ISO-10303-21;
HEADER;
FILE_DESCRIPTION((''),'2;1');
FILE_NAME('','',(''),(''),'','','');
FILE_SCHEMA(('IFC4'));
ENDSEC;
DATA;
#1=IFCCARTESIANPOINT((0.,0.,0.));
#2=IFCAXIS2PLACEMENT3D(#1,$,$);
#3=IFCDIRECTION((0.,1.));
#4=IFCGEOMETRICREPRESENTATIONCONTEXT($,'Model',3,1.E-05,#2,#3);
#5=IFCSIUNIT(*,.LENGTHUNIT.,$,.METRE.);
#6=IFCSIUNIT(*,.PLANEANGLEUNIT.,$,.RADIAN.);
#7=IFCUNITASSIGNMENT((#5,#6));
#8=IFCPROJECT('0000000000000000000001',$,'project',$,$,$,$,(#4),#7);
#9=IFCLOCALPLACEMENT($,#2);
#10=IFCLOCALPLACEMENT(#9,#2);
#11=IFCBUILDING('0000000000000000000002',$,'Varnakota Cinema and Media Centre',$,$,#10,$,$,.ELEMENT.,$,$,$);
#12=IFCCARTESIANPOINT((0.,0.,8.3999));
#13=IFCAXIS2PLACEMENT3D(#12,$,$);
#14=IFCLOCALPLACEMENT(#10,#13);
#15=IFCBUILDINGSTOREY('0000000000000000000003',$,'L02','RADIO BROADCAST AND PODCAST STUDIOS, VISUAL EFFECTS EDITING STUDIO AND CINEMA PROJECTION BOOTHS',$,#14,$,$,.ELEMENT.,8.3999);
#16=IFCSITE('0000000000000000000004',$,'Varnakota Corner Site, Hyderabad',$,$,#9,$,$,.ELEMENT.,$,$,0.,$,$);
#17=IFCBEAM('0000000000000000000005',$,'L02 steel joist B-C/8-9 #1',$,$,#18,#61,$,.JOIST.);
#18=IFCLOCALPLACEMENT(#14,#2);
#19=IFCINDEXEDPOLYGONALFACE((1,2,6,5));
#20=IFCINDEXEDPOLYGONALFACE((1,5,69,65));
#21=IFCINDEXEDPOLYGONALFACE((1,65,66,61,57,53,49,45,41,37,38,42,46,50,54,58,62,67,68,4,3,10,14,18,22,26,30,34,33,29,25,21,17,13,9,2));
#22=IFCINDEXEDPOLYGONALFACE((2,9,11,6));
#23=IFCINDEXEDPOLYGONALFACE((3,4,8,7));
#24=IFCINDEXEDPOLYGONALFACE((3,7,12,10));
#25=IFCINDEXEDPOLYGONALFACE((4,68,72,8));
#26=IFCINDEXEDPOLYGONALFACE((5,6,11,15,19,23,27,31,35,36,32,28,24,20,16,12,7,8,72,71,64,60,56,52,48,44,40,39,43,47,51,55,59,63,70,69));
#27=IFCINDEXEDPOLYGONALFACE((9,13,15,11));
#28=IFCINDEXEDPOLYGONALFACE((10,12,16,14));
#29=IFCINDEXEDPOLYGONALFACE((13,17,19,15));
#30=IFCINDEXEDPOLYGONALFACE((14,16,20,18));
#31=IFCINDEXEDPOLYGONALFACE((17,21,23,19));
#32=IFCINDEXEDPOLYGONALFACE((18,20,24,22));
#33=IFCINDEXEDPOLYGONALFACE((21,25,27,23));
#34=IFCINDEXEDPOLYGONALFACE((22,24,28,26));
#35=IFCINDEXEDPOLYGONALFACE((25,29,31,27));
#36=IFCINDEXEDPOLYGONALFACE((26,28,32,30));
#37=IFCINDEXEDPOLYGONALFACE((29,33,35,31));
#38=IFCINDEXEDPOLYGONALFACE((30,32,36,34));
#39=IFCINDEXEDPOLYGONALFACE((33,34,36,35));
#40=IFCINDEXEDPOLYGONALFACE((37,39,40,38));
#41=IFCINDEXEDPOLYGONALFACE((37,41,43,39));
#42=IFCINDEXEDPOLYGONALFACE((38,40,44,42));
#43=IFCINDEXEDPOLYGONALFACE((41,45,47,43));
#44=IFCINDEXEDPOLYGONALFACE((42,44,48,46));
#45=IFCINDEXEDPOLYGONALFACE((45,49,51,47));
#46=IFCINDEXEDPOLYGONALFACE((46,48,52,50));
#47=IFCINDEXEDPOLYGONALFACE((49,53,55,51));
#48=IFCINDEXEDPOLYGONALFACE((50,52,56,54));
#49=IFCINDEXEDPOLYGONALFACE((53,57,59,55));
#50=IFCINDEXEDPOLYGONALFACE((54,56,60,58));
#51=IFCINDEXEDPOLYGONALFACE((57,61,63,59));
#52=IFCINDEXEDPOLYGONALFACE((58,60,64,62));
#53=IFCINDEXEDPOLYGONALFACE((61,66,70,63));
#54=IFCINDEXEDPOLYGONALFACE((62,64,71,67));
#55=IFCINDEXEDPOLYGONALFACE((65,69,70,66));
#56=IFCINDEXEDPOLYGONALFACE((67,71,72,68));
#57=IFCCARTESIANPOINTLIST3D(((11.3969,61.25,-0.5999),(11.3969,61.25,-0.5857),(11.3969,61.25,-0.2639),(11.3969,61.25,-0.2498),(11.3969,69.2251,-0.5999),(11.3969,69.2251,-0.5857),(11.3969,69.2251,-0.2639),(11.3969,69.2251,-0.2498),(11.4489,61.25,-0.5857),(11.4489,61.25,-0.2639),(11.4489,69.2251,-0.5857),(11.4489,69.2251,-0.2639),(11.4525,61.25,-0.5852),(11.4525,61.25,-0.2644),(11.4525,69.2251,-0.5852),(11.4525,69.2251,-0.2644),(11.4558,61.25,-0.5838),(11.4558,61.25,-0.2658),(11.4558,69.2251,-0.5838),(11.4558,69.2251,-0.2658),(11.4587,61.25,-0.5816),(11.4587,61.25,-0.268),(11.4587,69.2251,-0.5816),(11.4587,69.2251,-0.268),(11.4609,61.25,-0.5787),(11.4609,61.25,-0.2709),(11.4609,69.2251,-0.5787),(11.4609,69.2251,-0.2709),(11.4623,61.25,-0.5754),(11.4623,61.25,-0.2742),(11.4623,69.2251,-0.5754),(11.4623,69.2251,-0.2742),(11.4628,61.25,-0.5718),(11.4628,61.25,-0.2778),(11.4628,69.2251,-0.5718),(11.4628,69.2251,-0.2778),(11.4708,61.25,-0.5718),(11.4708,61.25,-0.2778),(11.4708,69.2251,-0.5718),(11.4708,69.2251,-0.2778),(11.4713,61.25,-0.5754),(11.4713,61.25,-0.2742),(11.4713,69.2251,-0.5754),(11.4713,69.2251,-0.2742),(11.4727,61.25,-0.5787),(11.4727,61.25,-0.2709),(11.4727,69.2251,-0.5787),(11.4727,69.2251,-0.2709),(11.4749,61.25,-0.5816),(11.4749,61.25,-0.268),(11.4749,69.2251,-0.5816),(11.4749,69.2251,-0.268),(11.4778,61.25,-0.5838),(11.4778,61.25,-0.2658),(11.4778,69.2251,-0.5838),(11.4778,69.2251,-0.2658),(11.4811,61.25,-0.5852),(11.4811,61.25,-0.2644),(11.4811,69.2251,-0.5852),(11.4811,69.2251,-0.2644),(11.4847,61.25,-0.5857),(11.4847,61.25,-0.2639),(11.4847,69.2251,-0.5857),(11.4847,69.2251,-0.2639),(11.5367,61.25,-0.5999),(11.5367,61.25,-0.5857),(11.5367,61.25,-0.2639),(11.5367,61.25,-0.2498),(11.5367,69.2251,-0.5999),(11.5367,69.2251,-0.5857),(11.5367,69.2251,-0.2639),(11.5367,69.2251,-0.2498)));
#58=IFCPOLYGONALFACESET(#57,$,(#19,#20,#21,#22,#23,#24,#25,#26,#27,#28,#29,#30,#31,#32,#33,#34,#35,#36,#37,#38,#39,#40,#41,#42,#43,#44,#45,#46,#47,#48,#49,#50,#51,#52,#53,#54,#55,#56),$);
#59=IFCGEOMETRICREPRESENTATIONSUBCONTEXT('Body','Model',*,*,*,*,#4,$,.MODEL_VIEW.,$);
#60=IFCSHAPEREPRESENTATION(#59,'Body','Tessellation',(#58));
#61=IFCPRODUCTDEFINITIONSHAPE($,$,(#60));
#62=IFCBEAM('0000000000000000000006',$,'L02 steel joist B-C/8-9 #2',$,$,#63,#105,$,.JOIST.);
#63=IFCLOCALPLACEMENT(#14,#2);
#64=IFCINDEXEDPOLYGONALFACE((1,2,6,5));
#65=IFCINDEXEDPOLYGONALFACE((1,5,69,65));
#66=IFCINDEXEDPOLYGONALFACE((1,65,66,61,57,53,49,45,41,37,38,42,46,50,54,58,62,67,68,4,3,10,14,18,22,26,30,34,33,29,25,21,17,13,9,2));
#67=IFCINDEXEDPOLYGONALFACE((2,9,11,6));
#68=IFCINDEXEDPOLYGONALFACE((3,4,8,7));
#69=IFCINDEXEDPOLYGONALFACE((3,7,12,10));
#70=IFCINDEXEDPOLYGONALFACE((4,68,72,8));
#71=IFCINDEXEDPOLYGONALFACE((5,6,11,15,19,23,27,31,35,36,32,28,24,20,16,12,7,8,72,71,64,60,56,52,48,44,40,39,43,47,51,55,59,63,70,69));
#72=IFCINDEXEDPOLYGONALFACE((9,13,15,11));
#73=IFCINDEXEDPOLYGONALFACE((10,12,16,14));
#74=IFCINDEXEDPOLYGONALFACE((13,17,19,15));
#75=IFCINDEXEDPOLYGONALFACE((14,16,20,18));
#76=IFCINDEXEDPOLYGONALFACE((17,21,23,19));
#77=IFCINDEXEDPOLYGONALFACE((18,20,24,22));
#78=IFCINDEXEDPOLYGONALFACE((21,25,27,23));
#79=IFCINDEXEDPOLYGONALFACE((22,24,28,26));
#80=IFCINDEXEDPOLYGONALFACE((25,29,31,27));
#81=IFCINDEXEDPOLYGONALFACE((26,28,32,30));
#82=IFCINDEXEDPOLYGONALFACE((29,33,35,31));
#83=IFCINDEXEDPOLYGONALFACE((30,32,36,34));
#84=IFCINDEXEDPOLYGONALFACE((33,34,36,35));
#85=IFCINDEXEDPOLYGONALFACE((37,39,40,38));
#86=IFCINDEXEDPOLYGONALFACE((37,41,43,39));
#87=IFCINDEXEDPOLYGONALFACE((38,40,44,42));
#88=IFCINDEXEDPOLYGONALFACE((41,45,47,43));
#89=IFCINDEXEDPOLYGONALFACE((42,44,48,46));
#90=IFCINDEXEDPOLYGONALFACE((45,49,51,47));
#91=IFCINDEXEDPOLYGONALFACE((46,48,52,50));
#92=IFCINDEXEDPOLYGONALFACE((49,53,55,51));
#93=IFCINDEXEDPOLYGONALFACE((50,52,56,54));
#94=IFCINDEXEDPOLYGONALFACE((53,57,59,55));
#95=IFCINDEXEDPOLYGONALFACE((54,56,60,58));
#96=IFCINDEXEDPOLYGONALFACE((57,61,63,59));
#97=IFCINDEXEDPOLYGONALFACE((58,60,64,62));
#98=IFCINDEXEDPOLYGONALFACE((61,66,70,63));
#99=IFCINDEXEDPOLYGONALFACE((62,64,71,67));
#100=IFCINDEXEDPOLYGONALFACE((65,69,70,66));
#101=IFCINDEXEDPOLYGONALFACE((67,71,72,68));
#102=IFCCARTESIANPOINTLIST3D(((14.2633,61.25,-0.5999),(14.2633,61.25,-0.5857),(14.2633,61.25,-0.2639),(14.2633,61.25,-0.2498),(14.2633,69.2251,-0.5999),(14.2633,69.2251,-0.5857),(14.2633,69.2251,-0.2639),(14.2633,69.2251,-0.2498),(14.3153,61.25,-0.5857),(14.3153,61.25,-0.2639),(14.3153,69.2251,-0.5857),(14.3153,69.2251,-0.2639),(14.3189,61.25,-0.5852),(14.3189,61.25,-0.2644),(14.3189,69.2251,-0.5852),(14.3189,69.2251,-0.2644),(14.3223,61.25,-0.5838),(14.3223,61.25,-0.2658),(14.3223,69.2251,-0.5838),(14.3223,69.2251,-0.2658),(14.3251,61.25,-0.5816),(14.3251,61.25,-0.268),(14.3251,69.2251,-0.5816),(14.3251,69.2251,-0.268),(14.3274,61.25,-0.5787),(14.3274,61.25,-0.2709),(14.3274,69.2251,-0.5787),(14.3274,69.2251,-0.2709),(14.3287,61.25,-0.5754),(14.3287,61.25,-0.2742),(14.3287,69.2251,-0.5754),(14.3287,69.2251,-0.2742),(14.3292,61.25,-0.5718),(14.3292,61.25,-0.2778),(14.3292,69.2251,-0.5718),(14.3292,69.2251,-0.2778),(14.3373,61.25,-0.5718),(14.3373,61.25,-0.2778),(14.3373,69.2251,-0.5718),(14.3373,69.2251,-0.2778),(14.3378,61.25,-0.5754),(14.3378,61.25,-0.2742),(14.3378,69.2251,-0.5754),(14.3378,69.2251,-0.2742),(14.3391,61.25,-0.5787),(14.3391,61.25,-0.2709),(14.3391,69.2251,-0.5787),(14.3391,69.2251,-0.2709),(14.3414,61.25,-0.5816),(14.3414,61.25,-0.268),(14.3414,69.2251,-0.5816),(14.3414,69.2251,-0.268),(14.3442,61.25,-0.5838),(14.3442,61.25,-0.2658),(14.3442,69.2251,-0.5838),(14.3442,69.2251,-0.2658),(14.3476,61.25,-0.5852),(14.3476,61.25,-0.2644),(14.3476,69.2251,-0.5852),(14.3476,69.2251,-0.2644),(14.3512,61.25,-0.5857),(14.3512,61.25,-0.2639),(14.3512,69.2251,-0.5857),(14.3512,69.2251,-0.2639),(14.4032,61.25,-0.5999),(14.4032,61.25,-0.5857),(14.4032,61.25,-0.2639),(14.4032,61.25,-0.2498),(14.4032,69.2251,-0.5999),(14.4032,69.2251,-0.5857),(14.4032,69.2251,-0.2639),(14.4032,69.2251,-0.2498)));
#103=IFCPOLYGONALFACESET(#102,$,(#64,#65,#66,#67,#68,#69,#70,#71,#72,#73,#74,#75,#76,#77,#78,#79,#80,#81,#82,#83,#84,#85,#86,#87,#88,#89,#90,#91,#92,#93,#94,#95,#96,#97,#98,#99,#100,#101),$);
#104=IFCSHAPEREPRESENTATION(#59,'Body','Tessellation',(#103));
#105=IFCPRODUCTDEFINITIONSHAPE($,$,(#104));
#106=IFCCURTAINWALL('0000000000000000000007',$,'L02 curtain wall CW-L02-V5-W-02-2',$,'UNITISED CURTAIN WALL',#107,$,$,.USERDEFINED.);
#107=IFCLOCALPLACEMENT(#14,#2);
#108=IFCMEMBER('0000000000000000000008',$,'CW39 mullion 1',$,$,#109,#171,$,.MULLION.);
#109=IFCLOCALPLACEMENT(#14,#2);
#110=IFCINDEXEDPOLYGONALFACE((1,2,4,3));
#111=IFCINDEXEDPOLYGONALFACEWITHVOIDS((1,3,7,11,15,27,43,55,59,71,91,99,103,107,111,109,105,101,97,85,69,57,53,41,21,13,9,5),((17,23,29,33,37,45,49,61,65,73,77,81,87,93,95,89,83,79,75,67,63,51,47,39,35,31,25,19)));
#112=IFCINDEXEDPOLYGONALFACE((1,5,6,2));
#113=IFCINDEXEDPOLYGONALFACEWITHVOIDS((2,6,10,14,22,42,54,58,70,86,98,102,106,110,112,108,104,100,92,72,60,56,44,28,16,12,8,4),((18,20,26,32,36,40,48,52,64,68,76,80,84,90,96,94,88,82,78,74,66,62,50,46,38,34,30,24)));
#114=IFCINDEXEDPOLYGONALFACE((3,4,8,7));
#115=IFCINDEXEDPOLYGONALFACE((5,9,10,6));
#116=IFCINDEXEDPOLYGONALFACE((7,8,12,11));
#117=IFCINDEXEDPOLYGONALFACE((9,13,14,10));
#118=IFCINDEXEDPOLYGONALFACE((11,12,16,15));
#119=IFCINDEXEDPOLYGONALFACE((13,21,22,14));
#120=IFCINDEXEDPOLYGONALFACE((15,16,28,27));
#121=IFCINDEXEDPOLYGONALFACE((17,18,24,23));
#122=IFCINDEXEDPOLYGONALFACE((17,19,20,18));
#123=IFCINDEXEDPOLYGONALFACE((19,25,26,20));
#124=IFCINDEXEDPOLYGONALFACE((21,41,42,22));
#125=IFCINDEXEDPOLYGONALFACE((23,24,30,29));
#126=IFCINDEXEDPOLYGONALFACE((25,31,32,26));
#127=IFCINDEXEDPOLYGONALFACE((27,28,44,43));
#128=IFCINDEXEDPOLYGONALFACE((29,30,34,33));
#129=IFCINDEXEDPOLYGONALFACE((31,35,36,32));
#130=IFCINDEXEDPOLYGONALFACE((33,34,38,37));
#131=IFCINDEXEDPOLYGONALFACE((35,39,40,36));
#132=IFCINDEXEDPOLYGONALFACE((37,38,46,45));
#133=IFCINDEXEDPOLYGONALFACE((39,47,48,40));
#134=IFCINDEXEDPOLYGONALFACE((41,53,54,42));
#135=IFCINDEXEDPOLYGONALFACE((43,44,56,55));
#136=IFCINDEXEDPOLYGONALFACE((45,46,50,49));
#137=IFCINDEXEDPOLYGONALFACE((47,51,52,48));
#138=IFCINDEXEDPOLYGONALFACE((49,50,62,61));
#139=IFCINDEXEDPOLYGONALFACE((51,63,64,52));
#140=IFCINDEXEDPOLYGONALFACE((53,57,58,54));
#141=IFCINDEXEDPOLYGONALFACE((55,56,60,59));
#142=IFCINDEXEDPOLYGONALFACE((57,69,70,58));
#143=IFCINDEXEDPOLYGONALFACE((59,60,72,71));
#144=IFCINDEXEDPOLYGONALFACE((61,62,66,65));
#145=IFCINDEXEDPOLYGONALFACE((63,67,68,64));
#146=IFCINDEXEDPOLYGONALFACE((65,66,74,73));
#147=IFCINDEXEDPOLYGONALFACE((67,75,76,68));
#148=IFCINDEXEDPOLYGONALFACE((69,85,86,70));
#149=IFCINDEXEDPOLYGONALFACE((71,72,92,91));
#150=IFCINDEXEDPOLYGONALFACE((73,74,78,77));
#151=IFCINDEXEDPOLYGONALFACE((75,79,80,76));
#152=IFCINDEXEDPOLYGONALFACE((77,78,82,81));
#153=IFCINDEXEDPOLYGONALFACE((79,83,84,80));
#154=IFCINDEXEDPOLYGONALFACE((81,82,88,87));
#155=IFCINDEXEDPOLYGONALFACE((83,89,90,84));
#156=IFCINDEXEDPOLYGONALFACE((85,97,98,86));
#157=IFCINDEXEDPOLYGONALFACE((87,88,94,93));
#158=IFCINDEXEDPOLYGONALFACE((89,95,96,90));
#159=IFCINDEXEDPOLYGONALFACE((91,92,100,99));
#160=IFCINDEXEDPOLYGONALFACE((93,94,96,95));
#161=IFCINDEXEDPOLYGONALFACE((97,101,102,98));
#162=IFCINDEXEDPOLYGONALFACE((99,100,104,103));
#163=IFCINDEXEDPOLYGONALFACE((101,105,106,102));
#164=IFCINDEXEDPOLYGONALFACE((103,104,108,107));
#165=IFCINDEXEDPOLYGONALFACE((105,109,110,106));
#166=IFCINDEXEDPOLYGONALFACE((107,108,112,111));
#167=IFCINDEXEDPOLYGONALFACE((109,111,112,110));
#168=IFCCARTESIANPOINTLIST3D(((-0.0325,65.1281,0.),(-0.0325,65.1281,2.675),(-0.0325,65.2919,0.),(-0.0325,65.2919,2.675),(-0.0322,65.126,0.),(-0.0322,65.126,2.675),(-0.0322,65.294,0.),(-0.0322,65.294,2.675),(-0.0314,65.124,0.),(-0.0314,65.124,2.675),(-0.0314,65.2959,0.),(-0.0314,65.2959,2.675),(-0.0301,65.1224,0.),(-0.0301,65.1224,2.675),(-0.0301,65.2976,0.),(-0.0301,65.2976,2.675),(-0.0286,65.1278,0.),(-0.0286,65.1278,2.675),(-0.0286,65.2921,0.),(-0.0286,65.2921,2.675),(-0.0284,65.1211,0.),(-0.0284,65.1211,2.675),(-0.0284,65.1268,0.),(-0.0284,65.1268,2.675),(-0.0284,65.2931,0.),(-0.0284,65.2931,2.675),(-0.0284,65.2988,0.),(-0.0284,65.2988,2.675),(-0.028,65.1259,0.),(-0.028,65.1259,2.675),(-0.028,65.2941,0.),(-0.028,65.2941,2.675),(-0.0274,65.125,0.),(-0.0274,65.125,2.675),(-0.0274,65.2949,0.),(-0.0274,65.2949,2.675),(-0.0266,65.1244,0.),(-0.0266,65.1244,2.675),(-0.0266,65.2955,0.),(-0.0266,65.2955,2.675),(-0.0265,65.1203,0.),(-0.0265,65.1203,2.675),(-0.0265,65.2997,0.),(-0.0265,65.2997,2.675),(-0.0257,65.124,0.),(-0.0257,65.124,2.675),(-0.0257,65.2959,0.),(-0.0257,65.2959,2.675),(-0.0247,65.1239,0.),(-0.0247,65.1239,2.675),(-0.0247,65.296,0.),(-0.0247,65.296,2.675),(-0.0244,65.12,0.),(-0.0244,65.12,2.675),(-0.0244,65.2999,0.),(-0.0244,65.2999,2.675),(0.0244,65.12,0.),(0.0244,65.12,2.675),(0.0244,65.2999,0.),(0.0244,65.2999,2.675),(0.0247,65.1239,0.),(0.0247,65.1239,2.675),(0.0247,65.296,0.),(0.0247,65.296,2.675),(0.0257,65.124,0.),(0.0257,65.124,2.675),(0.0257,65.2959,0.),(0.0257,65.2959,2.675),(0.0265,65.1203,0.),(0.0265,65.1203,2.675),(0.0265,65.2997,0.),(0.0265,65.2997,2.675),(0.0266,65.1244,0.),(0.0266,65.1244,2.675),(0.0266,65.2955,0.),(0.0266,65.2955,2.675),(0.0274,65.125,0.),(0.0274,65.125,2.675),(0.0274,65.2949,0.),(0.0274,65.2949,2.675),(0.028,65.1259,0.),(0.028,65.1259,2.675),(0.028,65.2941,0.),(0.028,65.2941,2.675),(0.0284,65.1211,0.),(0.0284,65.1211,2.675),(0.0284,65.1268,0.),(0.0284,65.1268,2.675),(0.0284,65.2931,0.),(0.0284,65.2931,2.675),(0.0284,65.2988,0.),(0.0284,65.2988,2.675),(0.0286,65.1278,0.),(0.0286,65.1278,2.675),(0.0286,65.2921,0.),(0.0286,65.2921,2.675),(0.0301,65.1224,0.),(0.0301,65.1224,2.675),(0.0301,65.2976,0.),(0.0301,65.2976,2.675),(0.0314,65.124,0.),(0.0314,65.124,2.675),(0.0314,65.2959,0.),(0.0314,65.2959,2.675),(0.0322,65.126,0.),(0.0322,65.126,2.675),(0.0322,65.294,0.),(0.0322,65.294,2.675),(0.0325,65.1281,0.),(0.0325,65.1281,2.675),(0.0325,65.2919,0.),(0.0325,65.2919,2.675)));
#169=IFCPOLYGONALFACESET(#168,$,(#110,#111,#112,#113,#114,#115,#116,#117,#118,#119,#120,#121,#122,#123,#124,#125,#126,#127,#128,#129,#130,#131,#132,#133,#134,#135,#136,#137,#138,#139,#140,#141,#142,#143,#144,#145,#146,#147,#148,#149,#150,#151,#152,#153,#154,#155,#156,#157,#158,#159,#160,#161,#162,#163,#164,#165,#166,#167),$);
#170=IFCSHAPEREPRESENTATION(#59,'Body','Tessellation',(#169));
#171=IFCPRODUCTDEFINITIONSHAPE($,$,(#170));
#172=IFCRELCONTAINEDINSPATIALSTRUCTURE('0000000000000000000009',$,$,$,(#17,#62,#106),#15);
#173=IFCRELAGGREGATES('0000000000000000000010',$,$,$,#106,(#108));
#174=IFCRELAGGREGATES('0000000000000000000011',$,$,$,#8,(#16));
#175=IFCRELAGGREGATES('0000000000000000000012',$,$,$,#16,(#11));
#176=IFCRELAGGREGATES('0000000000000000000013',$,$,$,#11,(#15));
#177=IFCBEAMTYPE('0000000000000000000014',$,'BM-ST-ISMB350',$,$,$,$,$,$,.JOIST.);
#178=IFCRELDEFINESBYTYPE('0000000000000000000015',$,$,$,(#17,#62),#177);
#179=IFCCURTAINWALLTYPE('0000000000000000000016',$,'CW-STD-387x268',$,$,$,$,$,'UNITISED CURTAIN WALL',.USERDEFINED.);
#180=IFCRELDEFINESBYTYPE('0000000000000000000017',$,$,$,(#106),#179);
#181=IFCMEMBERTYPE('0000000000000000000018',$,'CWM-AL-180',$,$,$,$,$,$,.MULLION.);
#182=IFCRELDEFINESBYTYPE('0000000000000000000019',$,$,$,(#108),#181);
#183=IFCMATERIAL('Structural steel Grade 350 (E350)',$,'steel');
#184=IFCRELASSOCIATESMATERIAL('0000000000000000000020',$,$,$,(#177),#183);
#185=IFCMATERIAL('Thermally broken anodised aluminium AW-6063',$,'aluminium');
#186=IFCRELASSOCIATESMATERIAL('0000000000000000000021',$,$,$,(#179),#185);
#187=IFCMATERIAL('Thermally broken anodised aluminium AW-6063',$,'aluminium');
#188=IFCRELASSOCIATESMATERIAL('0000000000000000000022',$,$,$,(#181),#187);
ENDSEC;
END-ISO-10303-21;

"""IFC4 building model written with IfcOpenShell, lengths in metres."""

from ifc_helpers import new_model, si_unit, direction, frame, origin, origin_2d, place, context, subcontext, project, spatial, hollow_rectangle, i_section, extrude, material, material_profile, profile_set, type_object, element, aggregate, save


model = new_model("IFC4")

# Units and contexts
model_context = context("Model", 3, precision=1e-05, world=origin(), true_north=direction((0.0, 1.0)))
body_context = subcontext(model_context, "Body", "Model", "MODEL_VIEW")
ifc_project = project(units=[si_unit("LENGTHUNIT", "METRE"), si_unit("PLANEANGLEUNIT", "RADIAN")], contexts=[model_context])

# Site, building, storey
site_placement = place(None, origin())
site = spatial("IfcSite", under=ifc_project, at=site_placement, Name="Varnakota Corner Site, Hyderabad", CompositionType="ELEMENT", RefElevation=0.0)
building_placement = place(site_placement, origin())
building = spatial("IfcBuilding", under=site, at=building_placement, Name="Varnakota Cinema and Media Centre", CompositionType="ELEMENT")
storey_placement = place(building_placement, frame((0.0, 0.0, 8.3999)))
storey = spatial("IfcBuildingStorey", under=building, at=storey_placement, Name="L02", Description="RADIO BROADCAST AND PODCAST STUDIOS, VISUAL EFFECTS EDITING STUDIO AND CINEMA PROJECTION BOOTHS", CompositionType="ELEMENT", Elevation=8.3999)

# Beams
ifc_material_1 = material(Name="Structural steel Grade 350 (E350)", Category="steel")
ifc_material_profile_1 = material_profile(ifc_material_1, i_section(OverallWidth=0.1399, OverallDepth=0.3501, WebThickness=0.0081, FlangeThickness=0.0142, FilletRadius=0.0139, at=origin_2d()), Name="ISMB 350")
ifc_profile_set_1 = profile_set([ifc_material_profile_1], Name="Structural steel Grade 350 (E350)")
beam_type_1 = type_object("IfcBeamType", Name="BM-ST-ISMB350", PredefinedType="JOIST", material=ifc_profile_set_1)
for number, where, z_axis, x_axis, name in (
    (1, (11.4668, 61.25, -0.4248), (0.0, 1.0, 0.0), (-1.0, 0.0, 0.0), "L02 steel joist B-C/8-9 #1"),
    (2, (14.3333, 61.25, -0.4248), (0.0, 1.0, 0.0), (-1.0, 0.0, 0.0), "L02 steel joist B-C/8-9 #2"),
):
    element("IfcBeam", number, at=place(storey_placement, frame(where, z_axis=z_axis, x_axis=x_axis)), inside=storey, type_object=beam_type_1, Name=name, PredefinedType="JOIST", context=body_context, shape_type="SweptSolid", body=[
        extrude(i_section(OverallWidth=0.1399, OverallDepth=0.3501, WebThickness=0.0081, FlangeThickness=0.0142, FilletRadius=0.0139, at=origin_2d()), origin(), (0.0, 0.0, 1.0), 7.9751),
    ])

# Curtain wall, member
ifc_material_2 = material(Name="Thermally broken anodised aluminium AW-6063", Category="aluminium")
curtain_wall_type = type_object("IfcCurtainWallType", Name="CW-STD-387x268", ElementType="UNITISED CURTAIN WALL", PredefinedType="USERDEFINED", material=ifc_material_2)
curtain_wall_placement = place(storey_placement, origin())
curtain_wall = element("IfcCurtainWall", 3, at=curtain_wall_placement, inside=storey, type_object=curtain_wall_type, Name="L02 curtain wall CW-L02-V5-W-02-2", ObjectType="UNITISED CURTAIN WALL", PredefinedType="USERDEFINED")
ifc_material_3 = material(Name="Thermally broken anodised aluminium AW-6063", Category="aluminium")
ifc_material_profile_2 = material_profile(ifc_material_3, hollow_rectangle(XDim=0.0649, YDim=0.1799, WallThickness=0.0039, InnerFilletRadius=0.0039, OuterFilletRadius=0.0081, at=origin_2d()), Name="AL-MULLION 180x65x4")
ifc_profile_set_2 = profile_set([ifc_material_profile_2], Name="Thermally broken anodised aluminium AW-6063")
member_type_1 = type_object("IfcMemberType", Name="CWM-AL-180", PredefinedType="MULLION", material=ifc_profile_set_2)
member_1_placement = place(storey_placement, frame((0.0, 65.21, 0.0), z_axis=(0.0, 0.0, 1.0), x_axis=(1.0, 0.0, 0.0)))
member_1 = element("IfcMember", 4, at=member_1_placement, type_object=member_type_1, Name="CW39 mullion 1", PredefinedType="MULLION", context=body_context, shape_type="SweptSolid", body=[
    extrude(hollow_rectangle(XDim=0.0649, YDim=0.1799, WallThickness=0.0039, InnerFilletRadius=0.0039, OuterFilletRadius=0.0081, at=origin_2d()), origin(), (0.0, 0.0, 1.0), 2.675),
])
aggregate(curtain_wall, [member_1])

save(model, "model.ifc")
